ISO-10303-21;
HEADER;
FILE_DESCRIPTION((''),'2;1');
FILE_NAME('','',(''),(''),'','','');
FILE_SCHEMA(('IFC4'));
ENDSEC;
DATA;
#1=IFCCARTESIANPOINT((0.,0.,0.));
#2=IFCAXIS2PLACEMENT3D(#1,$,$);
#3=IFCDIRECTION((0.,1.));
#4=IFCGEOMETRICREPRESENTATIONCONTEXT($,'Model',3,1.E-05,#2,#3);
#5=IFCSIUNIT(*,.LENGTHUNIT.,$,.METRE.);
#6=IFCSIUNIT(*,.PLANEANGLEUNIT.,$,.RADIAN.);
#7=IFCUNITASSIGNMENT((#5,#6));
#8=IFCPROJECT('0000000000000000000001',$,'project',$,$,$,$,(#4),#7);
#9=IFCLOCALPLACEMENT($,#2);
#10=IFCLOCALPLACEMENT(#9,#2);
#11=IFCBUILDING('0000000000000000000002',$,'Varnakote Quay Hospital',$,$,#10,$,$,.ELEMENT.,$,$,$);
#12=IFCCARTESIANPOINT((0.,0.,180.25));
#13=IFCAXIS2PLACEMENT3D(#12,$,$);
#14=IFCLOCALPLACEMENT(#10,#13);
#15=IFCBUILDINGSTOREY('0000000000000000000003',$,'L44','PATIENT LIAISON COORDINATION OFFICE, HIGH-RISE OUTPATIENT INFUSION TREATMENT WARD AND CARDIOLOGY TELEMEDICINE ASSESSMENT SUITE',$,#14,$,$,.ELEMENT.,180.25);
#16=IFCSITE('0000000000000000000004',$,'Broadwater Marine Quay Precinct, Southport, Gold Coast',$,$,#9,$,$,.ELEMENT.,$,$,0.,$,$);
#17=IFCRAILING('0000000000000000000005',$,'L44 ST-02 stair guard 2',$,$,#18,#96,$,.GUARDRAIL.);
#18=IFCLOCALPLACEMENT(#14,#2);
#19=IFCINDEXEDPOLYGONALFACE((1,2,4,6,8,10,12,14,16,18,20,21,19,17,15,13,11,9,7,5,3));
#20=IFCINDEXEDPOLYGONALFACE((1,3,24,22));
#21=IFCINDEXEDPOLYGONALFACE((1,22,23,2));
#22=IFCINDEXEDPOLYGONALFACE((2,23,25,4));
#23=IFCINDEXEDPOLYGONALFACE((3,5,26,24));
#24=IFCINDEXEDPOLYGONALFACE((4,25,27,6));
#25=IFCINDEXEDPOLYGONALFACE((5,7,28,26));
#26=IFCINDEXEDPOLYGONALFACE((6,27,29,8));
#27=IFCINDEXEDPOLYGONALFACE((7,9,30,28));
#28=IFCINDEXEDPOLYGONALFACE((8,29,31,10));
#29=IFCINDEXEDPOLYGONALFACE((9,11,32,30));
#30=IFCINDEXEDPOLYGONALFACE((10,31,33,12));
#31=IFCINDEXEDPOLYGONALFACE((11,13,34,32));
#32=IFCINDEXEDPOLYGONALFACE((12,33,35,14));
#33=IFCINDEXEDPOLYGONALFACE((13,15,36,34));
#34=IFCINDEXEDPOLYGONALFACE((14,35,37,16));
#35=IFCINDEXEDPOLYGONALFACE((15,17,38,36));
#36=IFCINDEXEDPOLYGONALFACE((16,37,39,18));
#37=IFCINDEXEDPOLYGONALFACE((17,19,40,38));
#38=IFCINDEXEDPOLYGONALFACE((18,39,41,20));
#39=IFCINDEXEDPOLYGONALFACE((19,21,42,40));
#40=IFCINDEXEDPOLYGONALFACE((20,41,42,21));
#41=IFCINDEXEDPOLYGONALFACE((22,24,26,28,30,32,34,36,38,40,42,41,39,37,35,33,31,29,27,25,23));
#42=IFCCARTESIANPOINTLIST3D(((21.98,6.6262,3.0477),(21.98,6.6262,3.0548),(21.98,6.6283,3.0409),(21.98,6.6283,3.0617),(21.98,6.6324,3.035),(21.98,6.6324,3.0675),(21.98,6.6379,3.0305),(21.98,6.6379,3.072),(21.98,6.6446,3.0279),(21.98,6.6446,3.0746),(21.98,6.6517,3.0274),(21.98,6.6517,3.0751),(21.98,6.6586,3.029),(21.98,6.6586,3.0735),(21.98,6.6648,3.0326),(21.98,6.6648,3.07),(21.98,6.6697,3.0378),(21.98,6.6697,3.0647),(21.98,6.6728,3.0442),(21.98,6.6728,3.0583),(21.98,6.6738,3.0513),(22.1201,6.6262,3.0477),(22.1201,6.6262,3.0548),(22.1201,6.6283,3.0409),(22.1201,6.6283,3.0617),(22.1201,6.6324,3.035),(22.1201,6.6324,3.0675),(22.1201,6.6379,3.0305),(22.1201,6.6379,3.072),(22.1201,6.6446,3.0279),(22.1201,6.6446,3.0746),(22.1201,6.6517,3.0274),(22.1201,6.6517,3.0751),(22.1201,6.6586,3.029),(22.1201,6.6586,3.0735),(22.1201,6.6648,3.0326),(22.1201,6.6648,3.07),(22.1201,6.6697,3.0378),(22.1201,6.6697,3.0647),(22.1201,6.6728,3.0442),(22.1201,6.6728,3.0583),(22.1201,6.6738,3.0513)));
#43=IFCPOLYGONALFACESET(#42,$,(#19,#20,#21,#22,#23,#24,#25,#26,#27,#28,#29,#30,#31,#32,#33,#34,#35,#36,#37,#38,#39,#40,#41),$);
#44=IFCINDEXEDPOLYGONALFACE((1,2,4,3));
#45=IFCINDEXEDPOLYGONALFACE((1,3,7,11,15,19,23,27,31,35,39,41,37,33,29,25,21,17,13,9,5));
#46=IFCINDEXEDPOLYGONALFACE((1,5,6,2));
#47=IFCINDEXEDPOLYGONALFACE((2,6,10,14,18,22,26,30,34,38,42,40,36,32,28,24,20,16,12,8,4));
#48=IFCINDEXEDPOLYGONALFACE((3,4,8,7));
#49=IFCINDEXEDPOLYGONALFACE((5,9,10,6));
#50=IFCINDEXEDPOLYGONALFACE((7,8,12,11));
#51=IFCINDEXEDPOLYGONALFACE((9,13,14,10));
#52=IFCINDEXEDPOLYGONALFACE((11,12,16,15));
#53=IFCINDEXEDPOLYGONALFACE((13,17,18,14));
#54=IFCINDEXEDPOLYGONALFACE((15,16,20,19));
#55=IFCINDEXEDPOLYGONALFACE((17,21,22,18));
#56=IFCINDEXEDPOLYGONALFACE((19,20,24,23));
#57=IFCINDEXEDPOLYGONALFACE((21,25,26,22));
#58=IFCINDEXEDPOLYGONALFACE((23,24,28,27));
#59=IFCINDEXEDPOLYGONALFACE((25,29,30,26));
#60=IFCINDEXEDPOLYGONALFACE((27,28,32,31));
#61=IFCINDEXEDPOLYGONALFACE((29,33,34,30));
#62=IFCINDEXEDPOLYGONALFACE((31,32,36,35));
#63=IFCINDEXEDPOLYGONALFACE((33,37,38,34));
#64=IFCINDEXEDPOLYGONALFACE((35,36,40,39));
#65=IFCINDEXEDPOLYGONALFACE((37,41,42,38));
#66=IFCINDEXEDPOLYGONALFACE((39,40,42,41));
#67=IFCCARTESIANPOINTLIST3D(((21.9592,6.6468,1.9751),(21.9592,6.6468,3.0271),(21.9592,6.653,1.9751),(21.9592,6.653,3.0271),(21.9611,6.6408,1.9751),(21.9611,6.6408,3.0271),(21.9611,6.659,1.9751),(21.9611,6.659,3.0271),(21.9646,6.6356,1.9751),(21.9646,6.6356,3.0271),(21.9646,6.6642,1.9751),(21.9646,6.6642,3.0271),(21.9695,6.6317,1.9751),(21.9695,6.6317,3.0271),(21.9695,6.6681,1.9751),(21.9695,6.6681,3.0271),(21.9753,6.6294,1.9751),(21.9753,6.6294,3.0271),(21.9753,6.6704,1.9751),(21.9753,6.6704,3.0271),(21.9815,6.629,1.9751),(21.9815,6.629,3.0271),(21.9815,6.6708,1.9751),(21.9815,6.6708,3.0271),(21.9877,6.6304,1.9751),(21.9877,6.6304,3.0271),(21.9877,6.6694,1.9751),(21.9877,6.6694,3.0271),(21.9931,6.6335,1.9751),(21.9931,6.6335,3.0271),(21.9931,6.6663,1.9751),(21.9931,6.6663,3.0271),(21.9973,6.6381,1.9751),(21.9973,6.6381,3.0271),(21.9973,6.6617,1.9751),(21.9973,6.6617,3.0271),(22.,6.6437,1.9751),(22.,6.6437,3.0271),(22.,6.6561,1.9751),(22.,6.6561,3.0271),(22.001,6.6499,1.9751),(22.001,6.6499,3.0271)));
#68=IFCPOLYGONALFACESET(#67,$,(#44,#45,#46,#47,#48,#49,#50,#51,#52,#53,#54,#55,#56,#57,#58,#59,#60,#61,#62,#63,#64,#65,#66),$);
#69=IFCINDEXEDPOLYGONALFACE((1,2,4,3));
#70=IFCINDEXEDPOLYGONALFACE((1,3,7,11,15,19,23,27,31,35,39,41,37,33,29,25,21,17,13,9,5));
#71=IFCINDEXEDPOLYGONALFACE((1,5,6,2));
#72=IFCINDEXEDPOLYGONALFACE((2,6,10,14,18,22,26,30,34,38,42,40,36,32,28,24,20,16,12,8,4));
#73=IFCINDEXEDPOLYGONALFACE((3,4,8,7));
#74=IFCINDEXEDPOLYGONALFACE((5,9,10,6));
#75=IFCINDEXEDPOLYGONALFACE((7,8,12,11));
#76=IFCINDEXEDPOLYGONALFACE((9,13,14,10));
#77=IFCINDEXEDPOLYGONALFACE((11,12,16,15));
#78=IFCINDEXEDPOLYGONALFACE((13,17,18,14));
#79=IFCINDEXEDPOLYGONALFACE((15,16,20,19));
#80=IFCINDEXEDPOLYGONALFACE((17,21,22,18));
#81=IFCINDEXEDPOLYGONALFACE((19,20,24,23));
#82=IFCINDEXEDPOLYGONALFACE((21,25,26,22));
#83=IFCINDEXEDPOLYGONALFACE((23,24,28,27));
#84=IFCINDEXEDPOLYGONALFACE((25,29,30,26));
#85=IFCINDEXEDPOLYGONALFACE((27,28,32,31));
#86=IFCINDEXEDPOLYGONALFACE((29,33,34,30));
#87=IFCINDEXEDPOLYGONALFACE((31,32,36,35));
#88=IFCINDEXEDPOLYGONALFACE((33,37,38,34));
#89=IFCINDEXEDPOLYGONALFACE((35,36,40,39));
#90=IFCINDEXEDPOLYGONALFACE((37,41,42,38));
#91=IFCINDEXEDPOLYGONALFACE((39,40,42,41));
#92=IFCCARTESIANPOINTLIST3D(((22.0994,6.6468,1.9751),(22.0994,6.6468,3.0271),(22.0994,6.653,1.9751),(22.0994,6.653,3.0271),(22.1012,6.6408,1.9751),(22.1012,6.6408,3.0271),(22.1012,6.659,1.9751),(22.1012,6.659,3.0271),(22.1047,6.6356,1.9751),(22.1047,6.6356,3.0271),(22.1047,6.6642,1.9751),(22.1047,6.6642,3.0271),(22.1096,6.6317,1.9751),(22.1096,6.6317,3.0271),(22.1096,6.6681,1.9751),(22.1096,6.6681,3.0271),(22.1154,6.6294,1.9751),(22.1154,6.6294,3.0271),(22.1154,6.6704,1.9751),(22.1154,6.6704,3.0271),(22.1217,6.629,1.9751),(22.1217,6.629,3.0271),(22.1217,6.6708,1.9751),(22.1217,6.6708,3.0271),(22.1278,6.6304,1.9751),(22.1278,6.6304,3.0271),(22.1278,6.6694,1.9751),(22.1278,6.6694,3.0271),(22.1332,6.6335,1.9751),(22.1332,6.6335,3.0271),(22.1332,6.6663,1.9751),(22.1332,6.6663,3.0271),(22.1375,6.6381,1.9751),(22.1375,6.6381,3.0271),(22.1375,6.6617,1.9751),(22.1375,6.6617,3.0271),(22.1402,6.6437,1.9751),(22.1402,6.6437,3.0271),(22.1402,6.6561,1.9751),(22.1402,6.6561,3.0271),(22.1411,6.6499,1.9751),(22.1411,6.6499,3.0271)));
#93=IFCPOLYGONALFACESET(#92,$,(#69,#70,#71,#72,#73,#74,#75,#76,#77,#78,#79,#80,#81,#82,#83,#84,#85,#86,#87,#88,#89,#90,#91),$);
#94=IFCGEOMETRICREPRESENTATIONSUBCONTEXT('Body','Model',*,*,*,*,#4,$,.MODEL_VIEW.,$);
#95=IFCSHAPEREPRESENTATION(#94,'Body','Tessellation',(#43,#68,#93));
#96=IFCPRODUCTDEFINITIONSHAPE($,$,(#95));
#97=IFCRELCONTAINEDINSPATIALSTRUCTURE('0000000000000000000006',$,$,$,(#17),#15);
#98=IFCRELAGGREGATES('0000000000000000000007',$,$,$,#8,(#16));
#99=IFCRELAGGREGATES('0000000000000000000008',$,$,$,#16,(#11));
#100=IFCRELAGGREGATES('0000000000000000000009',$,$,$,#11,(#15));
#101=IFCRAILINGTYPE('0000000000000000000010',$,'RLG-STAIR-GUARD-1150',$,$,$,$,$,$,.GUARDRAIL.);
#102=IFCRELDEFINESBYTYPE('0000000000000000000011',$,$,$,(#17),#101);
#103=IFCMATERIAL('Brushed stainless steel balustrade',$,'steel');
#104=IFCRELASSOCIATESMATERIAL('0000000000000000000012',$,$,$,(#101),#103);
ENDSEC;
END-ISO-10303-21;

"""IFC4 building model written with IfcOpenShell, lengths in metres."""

from ifc_helpers import new_model, si_unit, direction, frame, origin, origin_2d, place, context, subcontext, project, spatial, circle, extrude, material, type_object, element, save


model = new_model("IFC4")

# Units and contexts
model_context = context("Model", 3, precision=1e-05, world=origin(), true_north=direction((0.0, 1.0)))
body_context = subcontext(model_context, "Body", "Model", "MODEL_VIEW")
ifc_project = project(units=[si_unit("LENGTHUNIT", "METRE"), si_unit("PLANEANGLEUNIT", "RADIAN")], contexts=[model_context])

# Site, building, storey
site_placement = place(None, origin())
site = spatial("IfcSite", under=ifc_project, at=site_placement, Name="Broadwater Marine Quay Precinct, Southport, Gold Coast", CompositionType="ELEMENT", RefElevation=0.0)
building_placement = place(site_placement, origin())
building = spatial("IfcBuilding", under=site, at=building_placement, Name="Varnakote Quay Hospital", CompositionType="ELEMENT")
storey_placement = place(building_placement, frame((0.0, 0.0, 180.25)))
storey = spatial("IfcBuildingStorey", under=building, at=storey_placement, Name="L44", Description="PATIENT LIAISON COORDINATION OFFICE, HIGH-RISE OUTPATIENT INFUSION TREATMENT WARD AND CARDIOLOGY TELEMEDICINE ASSESSMENT SUITE", CompositionType="ELEMENT", Elevation=180.25)

# Railing
ifc_material_1 = material(Name="Brushed stainless steel balustrade", Category="steel")
railing_type_1 = type_object("IfcRailingType", Name="RLG-STAIR-GUARD-1150", PredefinedType="GUARDRAIL", material=ifc_material_1)
railing_1_placement = place(storey_placement, frame((21.98, 6.6499, 1.9751)))
element("IfcRailing", 1, at=railing_1_placement, inside=storey, type_object=railing_type_1, Name="L44 ST-02 stair guard 2", PredefinedType="GUARDRAIL", context=body_context, shape_type="SweptSolid", body=[
    extrude(circle(Radius=0.0239, at=origin_2d()), frame((0.0, 0.0, 1.0762), z_axis=(1.0, 0.0, 0.0), x_axis=(0.0, 1.0, 0.0)), (0.0, 0.0, 1.0), 0.1401),
    extrude(circle(Radius=0.021, at=origin_2d()), origin(), (0.0, 0.0, 1.0), 1.052),
    extrude(circle(Radius=0.021, at=origin_2d()), frame((0.1401, 0.0, 0.0)), (0.0, 0.0, 1.0), 1.052),
])

save(model, "model.ifc")
